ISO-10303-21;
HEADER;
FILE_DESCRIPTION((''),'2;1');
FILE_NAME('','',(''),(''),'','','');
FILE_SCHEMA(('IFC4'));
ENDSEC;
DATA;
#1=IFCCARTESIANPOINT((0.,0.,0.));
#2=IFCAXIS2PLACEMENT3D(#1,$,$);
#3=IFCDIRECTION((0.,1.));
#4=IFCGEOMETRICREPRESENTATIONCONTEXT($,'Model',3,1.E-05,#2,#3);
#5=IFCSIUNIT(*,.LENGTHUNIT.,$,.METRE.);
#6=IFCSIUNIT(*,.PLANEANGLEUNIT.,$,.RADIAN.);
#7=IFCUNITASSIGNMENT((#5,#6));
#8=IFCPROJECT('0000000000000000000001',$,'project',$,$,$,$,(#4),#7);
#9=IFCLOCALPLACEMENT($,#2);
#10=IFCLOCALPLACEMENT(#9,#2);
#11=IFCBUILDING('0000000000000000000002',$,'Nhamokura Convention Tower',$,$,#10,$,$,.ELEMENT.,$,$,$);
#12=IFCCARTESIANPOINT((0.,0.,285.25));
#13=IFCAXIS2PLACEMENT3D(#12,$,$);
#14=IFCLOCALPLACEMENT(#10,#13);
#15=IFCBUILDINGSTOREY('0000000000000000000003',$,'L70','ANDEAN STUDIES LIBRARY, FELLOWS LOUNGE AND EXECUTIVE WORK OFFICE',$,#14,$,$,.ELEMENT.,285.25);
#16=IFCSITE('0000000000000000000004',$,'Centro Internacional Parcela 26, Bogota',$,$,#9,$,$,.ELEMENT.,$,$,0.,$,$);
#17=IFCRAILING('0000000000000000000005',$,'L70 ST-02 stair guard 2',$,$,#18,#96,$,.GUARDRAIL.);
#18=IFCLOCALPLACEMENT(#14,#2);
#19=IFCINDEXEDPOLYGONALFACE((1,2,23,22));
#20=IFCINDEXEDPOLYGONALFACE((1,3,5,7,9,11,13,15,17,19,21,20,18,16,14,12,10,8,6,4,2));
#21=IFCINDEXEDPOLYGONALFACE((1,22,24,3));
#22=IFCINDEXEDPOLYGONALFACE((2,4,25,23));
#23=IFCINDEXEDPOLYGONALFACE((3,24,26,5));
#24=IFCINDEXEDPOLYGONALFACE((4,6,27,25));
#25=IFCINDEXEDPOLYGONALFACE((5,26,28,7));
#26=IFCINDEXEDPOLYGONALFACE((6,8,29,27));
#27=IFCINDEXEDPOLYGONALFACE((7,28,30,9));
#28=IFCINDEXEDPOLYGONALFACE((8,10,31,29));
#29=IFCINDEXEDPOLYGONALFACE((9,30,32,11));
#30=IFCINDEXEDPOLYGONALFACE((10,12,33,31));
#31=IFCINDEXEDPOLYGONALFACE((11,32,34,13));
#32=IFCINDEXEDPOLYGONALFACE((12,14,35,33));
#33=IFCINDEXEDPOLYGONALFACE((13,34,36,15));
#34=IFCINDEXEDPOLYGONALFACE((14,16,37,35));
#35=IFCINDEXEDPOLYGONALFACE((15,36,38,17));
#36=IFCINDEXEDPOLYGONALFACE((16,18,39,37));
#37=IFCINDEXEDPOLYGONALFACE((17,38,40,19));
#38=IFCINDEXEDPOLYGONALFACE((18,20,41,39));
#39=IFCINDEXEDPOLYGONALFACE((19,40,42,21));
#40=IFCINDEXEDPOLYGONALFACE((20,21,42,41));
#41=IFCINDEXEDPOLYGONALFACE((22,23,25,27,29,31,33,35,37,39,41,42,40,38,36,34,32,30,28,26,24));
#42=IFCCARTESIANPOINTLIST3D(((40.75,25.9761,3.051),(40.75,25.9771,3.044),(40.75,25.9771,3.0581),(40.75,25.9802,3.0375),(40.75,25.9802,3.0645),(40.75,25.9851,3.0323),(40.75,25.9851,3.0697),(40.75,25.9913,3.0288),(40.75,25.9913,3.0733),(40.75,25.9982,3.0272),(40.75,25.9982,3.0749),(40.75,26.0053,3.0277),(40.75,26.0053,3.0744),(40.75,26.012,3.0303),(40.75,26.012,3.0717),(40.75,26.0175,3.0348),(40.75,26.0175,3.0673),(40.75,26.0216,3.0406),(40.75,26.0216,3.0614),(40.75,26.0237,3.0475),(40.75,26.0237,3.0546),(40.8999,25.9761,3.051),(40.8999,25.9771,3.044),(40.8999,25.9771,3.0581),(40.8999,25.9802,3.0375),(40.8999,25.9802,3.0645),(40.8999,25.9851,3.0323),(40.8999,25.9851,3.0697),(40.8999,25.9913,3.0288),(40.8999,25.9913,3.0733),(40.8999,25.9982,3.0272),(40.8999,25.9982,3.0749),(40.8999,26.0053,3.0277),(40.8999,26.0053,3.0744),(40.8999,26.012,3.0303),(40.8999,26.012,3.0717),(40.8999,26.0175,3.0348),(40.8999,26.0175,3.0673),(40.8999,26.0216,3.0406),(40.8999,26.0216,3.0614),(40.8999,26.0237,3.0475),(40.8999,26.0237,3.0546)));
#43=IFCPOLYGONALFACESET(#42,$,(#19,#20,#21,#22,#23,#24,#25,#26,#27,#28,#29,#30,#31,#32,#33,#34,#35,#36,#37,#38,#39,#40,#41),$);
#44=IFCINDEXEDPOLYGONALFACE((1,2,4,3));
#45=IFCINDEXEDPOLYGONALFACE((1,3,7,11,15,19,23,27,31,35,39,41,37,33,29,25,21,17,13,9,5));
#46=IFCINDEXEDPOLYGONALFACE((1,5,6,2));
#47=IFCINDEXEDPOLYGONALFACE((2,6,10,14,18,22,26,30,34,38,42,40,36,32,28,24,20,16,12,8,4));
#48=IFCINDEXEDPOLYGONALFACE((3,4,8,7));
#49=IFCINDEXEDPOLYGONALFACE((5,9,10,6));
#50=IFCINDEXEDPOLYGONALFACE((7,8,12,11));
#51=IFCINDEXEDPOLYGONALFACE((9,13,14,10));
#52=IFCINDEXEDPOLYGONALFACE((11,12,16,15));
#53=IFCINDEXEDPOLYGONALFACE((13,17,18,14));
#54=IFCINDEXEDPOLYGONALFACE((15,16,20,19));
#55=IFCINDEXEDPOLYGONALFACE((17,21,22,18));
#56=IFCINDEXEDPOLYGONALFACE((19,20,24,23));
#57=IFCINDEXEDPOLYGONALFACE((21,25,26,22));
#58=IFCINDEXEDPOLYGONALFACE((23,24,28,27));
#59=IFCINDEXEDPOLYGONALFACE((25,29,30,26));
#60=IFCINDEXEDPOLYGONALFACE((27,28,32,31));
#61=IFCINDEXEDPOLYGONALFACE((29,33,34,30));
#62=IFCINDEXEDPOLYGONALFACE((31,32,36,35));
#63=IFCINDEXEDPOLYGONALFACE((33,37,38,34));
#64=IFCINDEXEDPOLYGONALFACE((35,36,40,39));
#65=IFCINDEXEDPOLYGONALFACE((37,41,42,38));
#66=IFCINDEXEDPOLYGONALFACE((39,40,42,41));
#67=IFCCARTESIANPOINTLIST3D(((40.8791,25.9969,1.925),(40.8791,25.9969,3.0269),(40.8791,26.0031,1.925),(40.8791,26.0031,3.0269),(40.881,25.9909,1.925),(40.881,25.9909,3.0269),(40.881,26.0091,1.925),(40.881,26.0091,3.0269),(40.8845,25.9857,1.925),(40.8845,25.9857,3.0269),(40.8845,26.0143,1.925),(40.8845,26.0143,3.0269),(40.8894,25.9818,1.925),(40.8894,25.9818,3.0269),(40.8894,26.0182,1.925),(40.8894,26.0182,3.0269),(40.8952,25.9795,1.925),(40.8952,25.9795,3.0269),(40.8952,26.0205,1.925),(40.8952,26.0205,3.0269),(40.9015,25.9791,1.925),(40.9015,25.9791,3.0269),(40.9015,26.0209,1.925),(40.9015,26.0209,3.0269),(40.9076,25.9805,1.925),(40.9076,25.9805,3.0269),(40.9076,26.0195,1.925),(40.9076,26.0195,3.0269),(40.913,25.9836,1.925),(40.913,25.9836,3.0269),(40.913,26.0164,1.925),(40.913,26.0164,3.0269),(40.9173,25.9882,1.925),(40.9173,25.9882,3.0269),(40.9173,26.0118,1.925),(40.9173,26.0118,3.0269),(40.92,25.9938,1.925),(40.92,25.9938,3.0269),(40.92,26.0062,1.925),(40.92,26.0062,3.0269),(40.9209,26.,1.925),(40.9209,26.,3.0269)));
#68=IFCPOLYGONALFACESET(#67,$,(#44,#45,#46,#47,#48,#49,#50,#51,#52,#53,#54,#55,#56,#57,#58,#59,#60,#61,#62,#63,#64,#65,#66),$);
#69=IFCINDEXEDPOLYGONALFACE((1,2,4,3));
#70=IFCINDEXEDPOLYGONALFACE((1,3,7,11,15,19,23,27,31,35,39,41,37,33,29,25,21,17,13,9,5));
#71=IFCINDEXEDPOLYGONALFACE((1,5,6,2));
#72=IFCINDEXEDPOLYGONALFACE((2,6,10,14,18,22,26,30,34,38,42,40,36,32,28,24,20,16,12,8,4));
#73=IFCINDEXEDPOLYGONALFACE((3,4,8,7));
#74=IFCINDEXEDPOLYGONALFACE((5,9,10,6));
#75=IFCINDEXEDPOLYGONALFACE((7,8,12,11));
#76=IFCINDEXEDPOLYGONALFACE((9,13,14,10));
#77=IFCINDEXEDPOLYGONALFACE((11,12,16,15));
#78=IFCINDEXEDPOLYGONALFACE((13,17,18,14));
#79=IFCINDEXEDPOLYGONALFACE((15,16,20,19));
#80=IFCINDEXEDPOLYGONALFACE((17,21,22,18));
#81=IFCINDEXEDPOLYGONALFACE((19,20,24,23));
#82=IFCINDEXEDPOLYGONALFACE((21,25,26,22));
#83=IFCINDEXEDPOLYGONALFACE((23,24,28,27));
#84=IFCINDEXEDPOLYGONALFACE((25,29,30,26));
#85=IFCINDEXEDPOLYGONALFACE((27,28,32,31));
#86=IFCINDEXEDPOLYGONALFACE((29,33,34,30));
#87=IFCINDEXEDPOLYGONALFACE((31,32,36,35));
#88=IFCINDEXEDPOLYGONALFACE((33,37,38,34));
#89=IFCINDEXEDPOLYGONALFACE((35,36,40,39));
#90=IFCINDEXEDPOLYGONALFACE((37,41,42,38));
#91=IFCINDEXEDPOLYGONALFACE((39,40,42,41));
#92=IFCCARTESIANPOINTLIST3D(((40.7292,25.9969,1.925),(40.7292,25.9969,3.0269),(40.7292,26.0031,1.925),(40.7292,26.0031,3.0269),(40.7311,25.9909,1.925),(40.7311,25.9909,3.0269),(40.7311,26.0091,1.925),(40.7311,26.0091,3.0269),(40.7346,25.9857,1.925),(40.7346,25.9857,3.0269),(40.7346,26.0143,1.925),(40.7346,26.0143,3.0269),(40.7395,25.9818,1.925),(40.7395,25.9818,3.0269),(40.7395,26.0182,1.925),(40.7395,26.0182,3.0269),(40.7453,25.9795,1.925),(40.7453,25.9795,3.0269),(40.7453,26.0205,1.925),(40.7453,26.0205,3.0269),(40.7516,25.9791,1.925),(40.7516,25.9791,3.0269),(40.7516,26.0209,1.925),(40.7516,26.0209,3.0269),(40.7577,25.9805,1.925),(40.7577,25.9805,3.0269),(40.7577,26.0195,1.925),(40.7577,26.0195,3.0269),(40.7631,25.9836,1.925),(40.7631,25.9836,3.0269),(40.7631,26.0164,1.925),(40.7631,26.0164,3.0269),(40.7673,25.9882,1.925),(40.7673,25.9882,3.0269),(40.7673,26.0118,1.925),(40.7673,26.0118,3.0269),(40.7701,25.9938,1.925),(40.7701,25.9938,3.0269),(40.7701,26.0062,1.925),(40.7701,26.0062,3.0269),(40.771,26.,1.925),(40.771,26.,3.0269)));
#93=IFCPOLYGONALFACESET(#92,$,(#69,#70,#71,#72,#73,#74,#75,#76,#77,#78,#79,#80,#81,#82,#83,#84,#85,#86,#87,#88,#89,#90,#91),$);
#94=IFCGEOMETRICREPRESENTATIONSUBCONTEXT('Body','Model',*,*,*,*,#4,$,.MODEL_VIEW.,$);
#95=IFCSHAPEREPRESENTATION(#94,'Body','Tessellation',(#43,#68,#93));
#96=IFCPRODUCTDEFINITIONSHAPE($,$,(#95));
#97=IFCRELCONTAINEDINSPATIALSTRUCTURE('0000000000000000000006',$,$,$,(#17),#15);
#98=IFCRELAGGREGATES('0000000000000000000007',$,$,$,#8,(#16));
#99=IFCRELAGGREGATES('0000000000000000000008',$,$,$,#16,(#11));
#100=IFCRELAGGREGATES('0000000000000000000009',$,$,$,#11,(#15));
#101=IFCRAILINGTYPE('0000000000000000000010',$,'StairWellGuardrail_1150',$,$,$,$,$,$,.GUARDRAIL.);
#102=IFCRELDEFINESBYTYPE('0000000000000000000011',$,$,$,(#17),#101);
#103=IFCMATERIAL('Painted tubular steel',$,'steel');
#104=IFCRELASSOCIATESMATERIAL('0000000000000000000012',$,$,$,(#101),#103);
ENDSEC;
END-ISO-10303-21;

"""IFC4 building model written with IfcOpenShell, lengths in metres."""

from ifc_helpers import new_model, si_unit, direction, frame, origin, origin_2d, place, context, subcontext, project, spatial, circle, extrude, material, type_object, element, save


model = new_model("IFC4")

# Units and contexts
model_context = context("Model", 3, precision=1e-05, world=origin(), true_north=direction((0.0, 1.0)))
body_context = subcontext(model_context, "Body", "Model", "MODEL_VIEW")
ifc_project = project(units=[si_unit("LENGTHUNIT", "METRE"), si_unit("PLANEANGLEUNIT", "RADIAN")], contexts=[model_context])

# Site, building, storey
site_placement = place(None, origin())
site = spatial("IfcSite", under=ifc_project, at=site_placement, Name="Centro Internacional Parcela 26, Bogota", CompositionType="ELEMENT", RefElevation=0.0)
building_placement = place(site_placement, origin())
building = spatial("IfcBuilding", under=site, at=building_placement, Name="Nhamokura Convention Tower", CompositionType="ELEMENT")
storey_placement = place(building_placement, frame((0.0, 0.0, 285.25)))
storey = spatial("IfcBuildingStorey", under=building, at=storey_placement, Name="L70", Description="ANDEAN STUDIES LIBRARY, FELLOWS LOUNGE AND EXECUTIVE WORK OFFICE", CompositionType="ELEMENT", Elevation=285.25)

# Railing
ifc_material_1 = material(Name="Painted tubular steel", Category="steel")
railing_type_1 = type_object("IfcRailingType", Name="StairWellGuardrail_1150", PredefinedType="GUARDRAIL", material=ifc_material_1)
railing_1_placement = place(storey_placement, frame((40.8999, 26.0, 1.925)))
element("IfcRailing", 1, at=railing_1_placement, inside=storey, type_object=railing_type_1, Name="L70 ST-02 stair guard 2", PredefinedType="GUARDRAIL", context=body_context, shape_type="SweptSolid", body=[
    extrude(circle(Radius=0.0239, at=origin_2d()), frame((0.0, 0.0, 1.126), z_axis=(-1.0, 0.0, 0.0), x_axis=(0.0, -1.0, 0.0)), (0.0, 0.0, 1.0), 0.1499),
    extrude(circle(Radius=0.021, at=origin_2d()), origin(), (0.0, 0.0, 1.0), 1.1018),
    extrude(circle(Radius=0.021, at=origin_2d()), frame((-0.1499, 0.0, 0.0)), (0.0, 0.0, 1.0), 1.1018),
])

save(model, "model.ifc")
